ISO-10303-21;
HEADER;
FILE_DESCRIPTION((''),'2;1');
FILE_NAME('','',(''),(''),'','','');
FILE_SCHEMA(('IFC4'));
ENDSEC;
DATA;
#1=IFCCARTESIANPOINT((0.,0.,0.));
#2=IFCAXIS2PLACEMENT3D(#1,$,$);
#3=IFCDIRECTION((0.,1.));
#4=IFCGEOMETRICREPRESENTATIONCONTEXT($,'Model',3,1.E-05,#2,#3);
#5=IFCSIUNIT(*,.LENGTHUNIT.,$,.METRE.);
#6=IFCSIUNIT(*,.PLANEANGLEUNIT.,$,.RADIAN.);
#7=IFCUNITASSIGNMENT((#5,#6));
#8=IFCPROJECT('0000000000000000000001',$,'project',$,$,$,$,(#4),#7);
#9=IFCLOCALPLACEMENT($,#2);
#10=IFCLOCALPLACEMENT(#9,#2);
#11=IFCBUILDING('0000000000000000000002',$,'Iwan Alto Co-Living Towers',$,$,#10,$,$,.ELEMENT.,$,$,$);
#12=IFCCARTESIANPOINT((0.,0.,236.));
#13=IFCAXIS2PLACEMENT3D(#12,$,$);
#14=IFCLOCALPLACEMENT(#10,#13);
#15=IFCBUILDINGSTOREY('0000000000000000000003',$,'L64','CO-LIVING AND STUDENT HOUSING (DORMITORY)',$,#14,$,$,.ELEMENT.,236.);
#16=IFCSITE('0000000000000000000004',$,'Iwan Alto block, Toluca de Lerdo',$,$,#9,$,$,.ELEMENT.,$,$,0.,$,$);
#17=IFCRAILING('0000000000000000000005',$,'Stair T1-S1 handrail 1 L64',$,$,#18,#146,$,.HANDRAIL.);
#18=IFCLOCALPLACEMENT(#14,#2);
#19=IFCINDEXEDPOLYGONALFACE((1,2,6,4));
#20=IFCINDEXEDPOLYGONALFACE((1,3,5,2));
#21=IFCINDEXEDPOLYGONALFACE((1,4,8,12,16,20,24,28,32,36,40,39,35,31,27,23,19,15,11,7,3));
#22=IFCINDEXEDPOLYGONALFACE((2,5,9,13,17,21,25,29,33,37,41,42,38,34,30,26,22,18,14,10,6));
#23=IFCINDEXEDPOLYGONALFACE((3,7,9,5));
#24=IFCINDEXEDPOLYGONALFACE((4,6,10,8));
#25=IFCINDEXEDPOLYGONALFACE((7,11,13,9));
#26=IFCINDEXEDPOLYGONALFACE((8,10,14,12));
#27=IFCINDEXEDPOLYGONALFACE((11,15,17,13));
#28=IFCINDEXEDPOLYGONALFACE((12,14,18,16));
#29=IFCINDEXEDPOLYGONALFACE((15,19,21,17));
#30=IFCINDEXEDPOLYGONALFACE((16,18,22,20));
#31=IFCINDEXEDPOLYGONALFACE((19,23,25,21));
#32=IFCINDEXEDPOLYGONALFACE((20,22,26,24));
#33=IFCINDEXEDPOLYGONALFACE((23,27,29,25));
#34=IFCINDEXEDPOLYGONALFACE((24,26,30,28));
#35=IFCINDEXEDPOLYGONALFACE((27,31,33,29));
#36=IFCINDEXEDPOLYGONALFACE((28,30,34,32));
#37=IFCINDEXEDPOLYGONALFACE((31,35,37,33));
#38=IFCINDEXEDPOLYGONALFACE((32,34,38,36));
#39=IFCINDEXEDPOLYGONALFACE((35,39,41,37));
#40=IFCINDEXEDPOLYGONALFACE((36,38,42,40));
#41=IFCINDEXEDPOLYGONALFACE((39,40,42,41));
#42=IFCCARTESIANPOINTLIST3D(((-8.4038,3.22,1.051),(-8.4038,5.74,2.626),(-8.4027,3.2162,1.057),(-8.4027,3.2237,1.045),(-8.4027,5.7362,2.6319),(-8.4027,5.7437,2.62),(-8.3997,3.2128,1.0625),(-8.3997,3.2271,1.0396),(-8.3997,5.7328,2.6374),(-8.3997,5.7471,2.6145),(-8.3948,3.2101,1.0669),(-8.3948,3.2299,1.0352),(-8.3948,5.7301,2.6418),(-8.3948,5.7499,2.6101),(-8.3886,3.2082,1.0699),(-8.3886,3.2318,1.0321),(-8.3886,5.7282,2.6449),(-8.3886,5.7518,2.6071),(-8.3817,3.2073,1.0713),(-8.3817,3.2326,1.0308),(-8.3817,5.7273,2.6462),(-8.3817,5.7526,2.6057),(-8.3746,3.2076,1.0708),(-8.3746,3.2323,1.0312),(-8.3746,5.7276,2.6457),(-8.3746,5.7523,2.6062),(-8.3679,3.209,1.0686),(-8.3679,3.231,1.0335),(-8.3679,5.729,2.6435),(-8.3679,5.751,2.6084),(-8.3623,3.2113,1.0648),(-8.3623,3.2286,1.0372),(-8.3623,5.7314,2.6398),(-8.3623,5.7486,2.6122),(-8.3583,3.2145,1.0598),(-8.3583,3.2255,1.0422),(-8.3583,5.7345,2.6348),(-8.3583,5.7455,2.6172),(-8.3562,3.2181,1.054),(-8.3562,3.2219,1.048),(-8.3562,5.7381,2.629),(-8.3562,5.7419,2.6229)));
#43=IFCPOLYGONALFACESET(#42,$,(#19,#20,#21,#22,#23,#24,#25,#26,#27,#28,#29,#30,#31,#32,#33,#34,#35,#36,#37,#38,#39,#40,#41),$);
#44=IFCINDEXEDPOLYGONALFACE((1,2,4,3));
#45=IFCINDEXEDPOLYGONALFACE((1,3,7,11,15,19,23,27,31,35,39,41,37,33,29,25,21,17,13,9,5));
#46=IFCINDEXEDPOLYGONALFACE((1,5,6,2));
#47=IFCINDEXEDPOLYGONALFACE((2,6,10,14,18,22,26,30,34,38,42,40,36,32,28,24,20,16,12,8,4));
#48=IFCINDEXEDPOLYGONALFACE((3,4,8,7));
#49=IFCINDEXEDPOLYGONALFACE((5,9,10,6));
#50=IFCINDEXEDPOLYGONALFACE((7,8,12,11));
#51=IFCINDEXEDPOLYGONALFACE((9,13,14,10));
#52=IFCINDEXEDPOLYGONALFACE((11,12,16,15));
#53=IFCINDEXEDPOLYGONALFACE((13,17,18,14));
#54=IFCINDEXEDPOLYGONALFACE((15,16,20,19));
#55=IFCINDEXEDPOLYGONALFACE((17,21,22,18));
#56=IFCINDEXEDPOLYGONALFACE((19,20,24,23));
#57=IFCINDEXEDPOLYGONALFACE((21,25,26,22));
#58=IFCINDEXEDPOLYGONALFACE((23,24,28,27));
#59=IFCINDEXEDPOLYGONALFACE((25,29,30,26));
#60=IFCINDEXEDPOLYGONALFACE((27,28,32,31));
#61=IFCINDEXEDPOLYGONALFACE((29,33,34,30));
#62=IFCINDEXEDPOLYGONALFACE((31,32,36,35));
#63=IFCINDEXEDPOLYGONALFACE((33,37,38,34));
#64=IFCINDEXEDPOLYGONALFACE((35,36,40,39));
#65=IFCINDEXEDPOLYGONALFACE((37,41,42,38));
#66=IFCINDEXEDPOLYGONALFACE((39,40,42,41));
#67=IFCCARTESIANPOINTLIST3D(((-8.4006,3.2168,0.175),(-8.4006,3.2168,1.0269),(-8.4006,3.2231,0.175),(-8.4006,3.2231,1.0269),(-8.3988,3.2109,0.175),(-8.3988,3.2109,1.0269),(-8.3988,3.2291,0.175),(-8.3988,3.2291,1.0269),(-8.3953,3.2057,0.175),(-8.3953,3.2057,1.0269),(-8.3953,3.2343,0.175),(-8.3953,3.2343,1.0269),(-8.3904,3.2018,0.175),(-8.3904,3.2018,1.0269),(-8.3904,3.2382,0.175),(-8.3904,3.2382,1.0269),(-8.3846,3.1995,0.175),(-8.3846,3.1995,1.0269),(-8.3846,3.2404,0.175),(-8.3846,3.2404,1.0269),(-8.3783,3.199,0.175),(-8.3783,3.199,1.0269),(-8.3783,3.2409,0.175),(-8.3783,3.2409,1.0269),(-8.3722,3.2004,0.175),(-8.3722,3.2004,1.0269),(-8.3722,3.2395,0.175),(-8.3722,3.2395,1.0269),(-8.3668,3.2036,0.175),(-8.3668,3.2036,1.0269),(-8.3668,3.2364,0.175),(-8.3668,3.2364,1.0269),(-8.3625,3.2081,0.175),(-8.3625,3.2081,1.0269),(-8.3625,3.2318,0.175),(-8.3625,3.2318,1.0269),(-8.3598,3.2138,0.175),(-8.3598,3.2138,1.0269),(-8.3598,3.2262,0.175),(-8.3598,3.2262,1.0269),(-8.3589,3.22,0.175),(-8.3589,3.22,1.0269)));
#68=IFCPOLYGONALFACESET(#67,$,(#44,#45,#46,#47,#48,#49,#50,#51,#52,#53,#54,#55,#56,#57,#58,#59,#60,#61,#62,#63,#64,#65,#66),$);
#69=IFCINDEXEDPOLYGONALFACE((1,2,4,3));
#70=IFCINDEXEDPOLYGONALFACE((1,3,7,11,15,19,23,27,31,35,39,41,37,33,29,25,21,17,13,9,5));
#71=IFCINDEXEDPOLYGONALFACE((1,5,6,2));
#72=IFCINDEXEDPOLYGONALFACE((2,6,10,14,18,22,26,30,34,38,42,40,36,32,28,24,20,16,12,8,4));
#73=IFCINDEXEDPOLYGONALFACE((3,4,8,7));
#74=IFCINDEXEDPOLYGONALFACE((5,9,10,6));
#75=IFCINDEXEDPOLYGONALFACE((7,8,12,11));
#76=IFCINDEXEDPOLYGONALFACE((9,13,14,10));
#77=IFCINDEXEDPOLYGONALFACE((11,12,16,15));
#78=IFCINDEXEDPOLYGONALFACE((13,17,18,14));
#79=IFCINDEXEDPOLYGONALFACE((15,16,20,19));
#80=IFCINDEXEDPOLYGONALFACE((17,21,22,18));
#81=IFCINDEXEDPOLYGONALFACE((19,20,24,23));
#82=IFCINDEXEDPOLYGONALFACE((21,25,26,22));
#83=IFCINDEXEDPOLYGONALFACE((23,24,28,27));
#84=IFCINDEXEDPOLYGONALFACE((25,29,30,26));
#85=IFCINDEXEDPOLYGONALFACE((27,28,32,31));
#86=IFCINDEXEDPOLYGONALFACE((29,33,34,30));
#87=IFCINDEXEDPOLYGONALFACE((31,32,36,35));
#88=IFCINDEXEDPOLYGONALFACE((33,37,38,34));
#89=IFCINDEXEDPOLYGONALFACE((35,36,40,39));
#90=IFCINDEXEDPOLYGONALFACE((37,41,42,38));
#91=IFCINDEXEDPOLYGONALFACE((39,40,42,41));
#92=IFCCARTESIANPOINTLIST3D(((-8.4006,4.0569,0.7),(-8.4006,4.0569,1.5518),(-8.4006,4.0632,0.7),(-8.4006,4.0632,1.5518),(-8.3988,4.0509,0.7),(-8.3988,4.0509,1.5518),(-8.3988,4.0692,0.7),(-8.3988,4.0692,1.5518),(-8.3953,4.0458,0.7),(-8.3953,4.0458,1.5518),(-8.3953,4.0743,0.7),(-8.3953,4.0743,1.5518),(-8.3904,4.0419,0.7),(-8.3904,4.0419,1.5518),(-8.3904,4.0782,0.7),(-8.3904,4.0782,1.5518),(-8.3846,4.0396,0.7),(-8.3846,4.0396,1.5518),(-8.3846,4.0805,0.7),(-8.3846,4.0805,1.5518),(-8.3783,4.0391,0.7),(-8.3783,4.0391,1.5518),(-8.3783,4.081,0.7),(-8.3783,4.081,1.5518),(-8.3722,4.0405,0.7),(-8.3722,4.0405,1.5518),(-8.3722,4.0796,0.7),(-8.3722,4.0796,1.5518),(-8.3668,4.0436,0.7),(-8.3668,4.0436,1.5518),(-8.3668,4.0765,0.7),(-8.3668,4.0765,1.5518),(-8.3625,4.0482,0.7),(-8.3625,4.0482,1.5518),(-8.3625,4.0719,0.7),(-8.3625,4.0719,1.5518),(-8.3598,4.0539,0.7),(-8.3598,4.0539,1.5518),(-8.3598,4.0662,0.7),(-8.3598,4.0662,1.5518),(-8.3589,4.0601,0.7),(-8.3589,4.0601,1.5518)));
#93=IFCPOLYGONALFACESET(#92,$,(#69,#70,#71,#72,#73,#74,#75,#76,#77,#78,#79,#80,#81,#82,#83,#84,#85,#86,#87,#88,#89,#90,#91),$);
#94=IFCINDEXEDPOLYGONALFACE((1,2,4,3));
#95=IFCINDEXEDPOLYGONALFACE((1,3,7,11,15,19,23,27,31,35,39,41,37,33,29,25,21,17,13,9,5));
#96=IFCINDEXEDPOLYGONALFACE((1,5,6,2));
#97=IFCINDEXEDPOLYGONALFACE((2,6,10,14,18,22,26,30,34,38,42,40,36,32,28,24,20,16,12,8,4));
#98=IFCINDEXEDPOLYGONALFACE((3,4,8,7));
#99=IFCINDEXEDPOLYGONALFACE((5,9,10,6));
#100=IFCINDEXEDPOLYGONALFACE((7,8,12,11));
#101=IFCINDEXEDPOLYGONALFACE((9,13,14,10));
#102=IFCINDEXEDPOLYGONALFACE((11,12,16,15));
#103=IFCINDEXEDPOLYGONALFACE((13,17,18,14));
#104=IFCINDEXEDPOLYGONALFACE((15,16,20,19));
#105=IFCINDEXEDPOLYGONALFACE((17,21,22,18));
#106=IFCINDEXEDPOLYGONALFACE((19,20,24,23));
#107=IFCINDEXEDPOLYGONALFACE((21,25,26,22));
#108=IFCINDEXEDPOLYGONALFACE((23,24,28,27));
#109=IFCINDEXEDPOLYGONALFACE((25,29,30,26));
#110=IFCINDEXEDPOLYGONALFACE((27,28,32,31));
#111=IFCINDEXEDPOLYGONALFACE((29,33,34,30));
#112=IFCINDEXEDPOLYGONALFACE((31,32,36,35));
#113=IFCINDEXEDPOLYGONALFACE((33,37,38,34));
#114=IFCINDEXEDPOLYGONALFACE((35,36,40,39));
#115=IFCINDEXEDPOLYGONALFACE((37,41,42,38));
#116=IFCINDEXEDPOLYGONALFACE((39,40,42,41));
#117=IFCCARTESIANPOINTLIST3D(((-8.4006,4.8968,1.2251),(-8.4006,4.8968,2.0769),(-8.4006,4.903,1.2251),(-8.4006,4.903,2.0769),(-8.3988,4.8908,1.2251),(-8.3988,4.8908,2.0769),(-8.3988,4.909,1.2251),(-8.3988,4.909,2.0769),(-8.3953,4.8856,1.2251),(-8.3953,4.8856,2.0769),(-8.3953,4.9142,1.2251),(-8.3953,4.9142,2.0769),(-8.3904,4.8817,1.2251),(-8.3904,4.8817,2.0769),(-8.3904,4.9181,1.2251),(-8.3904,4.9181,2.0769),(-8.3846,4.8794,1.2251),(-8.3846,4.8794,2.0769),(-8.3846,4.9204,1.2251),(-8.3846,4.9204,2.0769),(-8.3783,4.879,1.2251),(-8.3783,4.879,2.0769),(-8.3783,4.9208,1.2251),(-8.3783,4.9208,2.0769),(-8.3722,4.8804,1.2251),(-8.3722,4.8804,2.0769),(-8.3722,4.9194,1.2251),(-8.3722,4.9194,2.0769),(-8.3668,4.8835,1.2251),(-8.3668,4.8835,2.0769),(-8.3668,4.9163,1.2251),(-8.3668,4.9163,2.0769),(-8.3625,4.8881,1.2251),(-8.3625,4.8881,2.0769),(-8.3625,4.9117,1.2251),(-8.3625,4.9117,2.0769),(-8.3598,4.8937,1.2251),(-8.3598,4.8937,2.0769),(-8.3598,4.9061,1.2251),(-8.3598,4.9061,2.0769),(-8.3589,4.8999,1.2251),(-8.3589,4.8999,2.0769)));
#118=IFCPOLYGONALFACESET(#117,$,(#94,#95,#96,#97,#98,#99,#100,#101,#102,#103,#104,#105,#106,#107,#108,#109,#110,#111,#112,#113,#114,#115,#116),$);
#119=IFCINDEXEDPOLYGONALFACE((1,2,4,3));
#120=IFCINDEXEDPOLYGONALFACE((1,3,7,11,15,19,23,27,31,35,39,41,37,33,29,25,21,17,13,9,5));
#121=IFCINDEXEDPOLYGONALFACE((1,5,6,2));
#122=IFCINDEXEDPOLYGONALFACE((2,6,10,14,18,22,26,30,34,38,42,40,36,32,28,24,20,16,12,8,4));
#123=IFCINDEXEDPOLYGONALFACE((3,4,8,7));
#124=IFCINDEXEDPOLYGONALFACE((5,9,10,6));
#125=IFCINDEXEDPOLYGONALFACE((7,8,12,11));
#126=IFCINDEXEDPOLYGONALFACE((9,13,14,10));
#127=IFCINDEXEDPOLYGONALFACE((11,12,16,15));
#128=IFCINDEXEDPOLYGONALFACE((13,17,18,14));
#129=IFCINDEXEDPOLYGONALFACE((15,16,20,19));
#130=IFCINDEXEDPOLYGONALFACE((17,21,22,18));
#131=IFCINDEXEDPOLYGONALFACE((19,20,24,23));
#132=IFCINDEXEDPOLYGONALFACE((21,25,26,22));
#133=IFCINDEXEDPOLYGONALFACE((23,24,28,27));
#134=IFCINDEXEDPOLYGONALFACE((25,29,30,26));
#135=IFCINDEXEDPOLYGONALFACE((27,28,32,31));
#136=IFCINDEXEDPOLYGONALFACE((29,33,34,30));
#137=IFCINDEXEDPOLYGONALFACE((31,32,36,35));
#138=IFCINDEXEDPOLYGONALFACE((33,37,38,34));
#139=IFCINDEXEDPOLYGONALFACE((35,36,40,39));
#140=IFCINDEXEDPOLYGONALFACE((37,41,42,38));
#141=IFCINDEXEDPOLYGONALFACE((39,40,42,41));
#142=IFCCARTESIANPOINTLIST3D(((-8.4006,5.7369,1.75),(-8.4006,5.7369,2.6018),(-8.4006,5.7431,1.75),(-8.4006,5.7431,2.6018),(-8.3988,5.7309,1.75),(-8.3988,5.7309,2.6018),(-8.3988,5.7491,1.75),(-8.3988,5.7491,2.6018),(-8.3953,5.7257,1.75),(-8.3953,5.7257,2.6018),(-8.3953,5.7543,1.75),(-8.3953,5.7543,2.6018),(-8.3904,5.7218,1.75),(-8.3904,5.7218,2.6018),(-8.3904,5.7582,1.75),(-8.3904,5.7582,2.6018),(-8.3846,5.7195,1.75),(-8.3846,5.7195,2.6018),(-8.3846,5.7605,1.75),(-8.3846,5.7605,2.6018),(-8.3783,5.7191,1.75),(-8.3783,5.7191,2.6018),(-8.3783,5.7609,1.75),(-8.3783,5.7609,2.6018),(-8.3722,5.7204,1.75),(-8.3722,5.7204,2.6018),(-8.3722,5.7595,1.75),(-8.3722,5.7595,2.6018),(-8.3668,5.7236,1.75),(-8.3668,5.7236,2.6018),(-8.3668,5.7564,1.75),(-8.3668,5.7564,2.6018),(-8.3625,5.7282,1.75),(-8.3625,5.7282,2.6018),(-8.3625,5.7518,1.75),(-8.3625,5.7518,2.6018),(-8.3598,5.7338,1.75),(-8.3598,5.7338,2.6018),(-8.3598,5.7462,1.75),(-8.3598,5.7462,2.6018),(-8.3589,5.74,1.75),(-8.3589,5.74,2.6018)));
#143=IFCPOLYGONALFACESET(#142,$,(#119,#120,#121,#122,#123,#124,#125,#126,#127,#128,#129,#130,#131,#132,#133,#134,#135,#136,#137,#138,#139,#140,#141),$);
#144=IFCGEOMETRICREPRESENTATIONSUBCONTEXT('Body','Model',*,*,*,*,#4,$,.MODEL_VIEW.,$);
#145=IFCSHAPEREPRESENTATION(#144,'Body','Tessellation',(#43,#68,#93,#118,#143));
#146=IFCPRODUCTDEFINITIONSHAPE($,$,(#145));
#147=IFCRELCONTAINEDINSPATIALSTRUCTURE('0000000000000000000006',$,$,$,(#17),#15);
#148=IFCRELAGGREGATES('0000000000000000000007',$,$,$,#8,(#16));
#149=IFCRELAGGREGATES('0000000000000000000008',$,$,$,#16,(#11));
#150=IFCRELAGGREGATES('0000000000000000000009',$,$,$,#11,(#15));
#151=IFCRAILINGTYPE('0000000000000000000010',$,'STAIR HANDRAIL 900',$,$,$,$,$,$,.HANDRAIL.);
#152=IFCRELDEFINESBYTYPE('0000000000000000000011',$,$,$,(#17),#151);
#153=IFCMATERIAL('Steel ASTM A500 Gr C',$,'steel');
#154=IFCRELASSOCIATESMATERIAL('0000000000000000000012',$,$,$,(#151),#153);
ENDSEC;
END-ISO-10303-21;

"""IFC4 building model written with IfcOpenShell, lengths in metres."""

from ifc_helpers import new_model, si_unit, direction, frame, origin, origin_2d, place, context, subcontext, project, spatial, circle, extrude, material, type_object, element, save


model = new_model("IFC4")

# Units and contexts
model_context = context("Model", 3, precision=1e-05, world=origin(), true_north=direction((0.0, 1.0)))
body_context = subcontext(model_context, "Body", "Model", "MODEL_VIEW")
ifc_project = project(units=[si_unit("LENGTHUNIT", "METRE"), si_unit("PLANEANGLEUNIT", "RADIAN")], contexts=[model_context])

# Site, building, storey
site_placement = place(None, origin())
site = spatial("IfcSite", under=ifc_project, at=site_placement, Name="Iwan Alto block, Toluca de Lerdo", CompositionType="ELEMENT", RefElevation=0.0)
building_placement = place(site_placement, origin())
building = spatial("IfcBuilding", under=site, at=building_placement, Name="Iwan Alto Co-Living Towers", CompositionType="ELEMENT")
storey_placement = place(building_placement, frame((0.0, 0.0, 236.0)))
storey = spatial("IfcBuildingStorey", under=building, at=storey_placement, Name="L64", Description="CO-LIVING AND STUDENT HOUSING (DORMITORY)", CompositionType="ELEMENT", Elevation=236.0)

# Railing
ifc_material_1 = material(Name="Steel ASTM A500 Gr C", Category="steel")
railing_type_1 = type_object("IfcRailingType", Name="STAIR HANDRAIL 900", PredefinedType="HANDRAIL", material=ifc_material_1)
railing_1_placement = place(storey_placement, frame((-8.3799, 3.22, 0.175)))
element("IfcRailing", 1, at=railing_1_placement, inside=storey, type_object=railing_type_1, Name="Stair T1-S1 handrail 1 L64", PredefinedType="HANDRAIL", context=body_context, shape_type="SweptSolid", body=[
    extrude(circle(Radius=0.0239, at=origin_2d()), frame((0.0, 0.0, 0.876), z_axis=(0.0, 0.848008, 0.529984), x_axis=(-1.0, 0.0, 0.0)), (0.0, 0.0, 1.0), 2.9717),
    extrude(circle(Radius=0.021, at=origin_2d()), origin(), (0.0, 0.0, 1.0), 0.8518),
    extrude(circle(Radius=0.021, at=origin_2d()), frame((0.0, 0.8401, 0.5249)), (0.0, 0.0, 1.0), 0.8518),
    extrude(circle(Radius=0.021, at=origin_2d()), frame((0.0, 1.6799, 1.05)), (0.0, 0.0, 1.0), 0.8518),
    extrude(circle(Radius=0.021, at=origin_2d()), frame((0.0, 2.52, 1.575)), (0.0, 0.0, 1.0), 0.8518),
])

save(model, "model.ifc")
